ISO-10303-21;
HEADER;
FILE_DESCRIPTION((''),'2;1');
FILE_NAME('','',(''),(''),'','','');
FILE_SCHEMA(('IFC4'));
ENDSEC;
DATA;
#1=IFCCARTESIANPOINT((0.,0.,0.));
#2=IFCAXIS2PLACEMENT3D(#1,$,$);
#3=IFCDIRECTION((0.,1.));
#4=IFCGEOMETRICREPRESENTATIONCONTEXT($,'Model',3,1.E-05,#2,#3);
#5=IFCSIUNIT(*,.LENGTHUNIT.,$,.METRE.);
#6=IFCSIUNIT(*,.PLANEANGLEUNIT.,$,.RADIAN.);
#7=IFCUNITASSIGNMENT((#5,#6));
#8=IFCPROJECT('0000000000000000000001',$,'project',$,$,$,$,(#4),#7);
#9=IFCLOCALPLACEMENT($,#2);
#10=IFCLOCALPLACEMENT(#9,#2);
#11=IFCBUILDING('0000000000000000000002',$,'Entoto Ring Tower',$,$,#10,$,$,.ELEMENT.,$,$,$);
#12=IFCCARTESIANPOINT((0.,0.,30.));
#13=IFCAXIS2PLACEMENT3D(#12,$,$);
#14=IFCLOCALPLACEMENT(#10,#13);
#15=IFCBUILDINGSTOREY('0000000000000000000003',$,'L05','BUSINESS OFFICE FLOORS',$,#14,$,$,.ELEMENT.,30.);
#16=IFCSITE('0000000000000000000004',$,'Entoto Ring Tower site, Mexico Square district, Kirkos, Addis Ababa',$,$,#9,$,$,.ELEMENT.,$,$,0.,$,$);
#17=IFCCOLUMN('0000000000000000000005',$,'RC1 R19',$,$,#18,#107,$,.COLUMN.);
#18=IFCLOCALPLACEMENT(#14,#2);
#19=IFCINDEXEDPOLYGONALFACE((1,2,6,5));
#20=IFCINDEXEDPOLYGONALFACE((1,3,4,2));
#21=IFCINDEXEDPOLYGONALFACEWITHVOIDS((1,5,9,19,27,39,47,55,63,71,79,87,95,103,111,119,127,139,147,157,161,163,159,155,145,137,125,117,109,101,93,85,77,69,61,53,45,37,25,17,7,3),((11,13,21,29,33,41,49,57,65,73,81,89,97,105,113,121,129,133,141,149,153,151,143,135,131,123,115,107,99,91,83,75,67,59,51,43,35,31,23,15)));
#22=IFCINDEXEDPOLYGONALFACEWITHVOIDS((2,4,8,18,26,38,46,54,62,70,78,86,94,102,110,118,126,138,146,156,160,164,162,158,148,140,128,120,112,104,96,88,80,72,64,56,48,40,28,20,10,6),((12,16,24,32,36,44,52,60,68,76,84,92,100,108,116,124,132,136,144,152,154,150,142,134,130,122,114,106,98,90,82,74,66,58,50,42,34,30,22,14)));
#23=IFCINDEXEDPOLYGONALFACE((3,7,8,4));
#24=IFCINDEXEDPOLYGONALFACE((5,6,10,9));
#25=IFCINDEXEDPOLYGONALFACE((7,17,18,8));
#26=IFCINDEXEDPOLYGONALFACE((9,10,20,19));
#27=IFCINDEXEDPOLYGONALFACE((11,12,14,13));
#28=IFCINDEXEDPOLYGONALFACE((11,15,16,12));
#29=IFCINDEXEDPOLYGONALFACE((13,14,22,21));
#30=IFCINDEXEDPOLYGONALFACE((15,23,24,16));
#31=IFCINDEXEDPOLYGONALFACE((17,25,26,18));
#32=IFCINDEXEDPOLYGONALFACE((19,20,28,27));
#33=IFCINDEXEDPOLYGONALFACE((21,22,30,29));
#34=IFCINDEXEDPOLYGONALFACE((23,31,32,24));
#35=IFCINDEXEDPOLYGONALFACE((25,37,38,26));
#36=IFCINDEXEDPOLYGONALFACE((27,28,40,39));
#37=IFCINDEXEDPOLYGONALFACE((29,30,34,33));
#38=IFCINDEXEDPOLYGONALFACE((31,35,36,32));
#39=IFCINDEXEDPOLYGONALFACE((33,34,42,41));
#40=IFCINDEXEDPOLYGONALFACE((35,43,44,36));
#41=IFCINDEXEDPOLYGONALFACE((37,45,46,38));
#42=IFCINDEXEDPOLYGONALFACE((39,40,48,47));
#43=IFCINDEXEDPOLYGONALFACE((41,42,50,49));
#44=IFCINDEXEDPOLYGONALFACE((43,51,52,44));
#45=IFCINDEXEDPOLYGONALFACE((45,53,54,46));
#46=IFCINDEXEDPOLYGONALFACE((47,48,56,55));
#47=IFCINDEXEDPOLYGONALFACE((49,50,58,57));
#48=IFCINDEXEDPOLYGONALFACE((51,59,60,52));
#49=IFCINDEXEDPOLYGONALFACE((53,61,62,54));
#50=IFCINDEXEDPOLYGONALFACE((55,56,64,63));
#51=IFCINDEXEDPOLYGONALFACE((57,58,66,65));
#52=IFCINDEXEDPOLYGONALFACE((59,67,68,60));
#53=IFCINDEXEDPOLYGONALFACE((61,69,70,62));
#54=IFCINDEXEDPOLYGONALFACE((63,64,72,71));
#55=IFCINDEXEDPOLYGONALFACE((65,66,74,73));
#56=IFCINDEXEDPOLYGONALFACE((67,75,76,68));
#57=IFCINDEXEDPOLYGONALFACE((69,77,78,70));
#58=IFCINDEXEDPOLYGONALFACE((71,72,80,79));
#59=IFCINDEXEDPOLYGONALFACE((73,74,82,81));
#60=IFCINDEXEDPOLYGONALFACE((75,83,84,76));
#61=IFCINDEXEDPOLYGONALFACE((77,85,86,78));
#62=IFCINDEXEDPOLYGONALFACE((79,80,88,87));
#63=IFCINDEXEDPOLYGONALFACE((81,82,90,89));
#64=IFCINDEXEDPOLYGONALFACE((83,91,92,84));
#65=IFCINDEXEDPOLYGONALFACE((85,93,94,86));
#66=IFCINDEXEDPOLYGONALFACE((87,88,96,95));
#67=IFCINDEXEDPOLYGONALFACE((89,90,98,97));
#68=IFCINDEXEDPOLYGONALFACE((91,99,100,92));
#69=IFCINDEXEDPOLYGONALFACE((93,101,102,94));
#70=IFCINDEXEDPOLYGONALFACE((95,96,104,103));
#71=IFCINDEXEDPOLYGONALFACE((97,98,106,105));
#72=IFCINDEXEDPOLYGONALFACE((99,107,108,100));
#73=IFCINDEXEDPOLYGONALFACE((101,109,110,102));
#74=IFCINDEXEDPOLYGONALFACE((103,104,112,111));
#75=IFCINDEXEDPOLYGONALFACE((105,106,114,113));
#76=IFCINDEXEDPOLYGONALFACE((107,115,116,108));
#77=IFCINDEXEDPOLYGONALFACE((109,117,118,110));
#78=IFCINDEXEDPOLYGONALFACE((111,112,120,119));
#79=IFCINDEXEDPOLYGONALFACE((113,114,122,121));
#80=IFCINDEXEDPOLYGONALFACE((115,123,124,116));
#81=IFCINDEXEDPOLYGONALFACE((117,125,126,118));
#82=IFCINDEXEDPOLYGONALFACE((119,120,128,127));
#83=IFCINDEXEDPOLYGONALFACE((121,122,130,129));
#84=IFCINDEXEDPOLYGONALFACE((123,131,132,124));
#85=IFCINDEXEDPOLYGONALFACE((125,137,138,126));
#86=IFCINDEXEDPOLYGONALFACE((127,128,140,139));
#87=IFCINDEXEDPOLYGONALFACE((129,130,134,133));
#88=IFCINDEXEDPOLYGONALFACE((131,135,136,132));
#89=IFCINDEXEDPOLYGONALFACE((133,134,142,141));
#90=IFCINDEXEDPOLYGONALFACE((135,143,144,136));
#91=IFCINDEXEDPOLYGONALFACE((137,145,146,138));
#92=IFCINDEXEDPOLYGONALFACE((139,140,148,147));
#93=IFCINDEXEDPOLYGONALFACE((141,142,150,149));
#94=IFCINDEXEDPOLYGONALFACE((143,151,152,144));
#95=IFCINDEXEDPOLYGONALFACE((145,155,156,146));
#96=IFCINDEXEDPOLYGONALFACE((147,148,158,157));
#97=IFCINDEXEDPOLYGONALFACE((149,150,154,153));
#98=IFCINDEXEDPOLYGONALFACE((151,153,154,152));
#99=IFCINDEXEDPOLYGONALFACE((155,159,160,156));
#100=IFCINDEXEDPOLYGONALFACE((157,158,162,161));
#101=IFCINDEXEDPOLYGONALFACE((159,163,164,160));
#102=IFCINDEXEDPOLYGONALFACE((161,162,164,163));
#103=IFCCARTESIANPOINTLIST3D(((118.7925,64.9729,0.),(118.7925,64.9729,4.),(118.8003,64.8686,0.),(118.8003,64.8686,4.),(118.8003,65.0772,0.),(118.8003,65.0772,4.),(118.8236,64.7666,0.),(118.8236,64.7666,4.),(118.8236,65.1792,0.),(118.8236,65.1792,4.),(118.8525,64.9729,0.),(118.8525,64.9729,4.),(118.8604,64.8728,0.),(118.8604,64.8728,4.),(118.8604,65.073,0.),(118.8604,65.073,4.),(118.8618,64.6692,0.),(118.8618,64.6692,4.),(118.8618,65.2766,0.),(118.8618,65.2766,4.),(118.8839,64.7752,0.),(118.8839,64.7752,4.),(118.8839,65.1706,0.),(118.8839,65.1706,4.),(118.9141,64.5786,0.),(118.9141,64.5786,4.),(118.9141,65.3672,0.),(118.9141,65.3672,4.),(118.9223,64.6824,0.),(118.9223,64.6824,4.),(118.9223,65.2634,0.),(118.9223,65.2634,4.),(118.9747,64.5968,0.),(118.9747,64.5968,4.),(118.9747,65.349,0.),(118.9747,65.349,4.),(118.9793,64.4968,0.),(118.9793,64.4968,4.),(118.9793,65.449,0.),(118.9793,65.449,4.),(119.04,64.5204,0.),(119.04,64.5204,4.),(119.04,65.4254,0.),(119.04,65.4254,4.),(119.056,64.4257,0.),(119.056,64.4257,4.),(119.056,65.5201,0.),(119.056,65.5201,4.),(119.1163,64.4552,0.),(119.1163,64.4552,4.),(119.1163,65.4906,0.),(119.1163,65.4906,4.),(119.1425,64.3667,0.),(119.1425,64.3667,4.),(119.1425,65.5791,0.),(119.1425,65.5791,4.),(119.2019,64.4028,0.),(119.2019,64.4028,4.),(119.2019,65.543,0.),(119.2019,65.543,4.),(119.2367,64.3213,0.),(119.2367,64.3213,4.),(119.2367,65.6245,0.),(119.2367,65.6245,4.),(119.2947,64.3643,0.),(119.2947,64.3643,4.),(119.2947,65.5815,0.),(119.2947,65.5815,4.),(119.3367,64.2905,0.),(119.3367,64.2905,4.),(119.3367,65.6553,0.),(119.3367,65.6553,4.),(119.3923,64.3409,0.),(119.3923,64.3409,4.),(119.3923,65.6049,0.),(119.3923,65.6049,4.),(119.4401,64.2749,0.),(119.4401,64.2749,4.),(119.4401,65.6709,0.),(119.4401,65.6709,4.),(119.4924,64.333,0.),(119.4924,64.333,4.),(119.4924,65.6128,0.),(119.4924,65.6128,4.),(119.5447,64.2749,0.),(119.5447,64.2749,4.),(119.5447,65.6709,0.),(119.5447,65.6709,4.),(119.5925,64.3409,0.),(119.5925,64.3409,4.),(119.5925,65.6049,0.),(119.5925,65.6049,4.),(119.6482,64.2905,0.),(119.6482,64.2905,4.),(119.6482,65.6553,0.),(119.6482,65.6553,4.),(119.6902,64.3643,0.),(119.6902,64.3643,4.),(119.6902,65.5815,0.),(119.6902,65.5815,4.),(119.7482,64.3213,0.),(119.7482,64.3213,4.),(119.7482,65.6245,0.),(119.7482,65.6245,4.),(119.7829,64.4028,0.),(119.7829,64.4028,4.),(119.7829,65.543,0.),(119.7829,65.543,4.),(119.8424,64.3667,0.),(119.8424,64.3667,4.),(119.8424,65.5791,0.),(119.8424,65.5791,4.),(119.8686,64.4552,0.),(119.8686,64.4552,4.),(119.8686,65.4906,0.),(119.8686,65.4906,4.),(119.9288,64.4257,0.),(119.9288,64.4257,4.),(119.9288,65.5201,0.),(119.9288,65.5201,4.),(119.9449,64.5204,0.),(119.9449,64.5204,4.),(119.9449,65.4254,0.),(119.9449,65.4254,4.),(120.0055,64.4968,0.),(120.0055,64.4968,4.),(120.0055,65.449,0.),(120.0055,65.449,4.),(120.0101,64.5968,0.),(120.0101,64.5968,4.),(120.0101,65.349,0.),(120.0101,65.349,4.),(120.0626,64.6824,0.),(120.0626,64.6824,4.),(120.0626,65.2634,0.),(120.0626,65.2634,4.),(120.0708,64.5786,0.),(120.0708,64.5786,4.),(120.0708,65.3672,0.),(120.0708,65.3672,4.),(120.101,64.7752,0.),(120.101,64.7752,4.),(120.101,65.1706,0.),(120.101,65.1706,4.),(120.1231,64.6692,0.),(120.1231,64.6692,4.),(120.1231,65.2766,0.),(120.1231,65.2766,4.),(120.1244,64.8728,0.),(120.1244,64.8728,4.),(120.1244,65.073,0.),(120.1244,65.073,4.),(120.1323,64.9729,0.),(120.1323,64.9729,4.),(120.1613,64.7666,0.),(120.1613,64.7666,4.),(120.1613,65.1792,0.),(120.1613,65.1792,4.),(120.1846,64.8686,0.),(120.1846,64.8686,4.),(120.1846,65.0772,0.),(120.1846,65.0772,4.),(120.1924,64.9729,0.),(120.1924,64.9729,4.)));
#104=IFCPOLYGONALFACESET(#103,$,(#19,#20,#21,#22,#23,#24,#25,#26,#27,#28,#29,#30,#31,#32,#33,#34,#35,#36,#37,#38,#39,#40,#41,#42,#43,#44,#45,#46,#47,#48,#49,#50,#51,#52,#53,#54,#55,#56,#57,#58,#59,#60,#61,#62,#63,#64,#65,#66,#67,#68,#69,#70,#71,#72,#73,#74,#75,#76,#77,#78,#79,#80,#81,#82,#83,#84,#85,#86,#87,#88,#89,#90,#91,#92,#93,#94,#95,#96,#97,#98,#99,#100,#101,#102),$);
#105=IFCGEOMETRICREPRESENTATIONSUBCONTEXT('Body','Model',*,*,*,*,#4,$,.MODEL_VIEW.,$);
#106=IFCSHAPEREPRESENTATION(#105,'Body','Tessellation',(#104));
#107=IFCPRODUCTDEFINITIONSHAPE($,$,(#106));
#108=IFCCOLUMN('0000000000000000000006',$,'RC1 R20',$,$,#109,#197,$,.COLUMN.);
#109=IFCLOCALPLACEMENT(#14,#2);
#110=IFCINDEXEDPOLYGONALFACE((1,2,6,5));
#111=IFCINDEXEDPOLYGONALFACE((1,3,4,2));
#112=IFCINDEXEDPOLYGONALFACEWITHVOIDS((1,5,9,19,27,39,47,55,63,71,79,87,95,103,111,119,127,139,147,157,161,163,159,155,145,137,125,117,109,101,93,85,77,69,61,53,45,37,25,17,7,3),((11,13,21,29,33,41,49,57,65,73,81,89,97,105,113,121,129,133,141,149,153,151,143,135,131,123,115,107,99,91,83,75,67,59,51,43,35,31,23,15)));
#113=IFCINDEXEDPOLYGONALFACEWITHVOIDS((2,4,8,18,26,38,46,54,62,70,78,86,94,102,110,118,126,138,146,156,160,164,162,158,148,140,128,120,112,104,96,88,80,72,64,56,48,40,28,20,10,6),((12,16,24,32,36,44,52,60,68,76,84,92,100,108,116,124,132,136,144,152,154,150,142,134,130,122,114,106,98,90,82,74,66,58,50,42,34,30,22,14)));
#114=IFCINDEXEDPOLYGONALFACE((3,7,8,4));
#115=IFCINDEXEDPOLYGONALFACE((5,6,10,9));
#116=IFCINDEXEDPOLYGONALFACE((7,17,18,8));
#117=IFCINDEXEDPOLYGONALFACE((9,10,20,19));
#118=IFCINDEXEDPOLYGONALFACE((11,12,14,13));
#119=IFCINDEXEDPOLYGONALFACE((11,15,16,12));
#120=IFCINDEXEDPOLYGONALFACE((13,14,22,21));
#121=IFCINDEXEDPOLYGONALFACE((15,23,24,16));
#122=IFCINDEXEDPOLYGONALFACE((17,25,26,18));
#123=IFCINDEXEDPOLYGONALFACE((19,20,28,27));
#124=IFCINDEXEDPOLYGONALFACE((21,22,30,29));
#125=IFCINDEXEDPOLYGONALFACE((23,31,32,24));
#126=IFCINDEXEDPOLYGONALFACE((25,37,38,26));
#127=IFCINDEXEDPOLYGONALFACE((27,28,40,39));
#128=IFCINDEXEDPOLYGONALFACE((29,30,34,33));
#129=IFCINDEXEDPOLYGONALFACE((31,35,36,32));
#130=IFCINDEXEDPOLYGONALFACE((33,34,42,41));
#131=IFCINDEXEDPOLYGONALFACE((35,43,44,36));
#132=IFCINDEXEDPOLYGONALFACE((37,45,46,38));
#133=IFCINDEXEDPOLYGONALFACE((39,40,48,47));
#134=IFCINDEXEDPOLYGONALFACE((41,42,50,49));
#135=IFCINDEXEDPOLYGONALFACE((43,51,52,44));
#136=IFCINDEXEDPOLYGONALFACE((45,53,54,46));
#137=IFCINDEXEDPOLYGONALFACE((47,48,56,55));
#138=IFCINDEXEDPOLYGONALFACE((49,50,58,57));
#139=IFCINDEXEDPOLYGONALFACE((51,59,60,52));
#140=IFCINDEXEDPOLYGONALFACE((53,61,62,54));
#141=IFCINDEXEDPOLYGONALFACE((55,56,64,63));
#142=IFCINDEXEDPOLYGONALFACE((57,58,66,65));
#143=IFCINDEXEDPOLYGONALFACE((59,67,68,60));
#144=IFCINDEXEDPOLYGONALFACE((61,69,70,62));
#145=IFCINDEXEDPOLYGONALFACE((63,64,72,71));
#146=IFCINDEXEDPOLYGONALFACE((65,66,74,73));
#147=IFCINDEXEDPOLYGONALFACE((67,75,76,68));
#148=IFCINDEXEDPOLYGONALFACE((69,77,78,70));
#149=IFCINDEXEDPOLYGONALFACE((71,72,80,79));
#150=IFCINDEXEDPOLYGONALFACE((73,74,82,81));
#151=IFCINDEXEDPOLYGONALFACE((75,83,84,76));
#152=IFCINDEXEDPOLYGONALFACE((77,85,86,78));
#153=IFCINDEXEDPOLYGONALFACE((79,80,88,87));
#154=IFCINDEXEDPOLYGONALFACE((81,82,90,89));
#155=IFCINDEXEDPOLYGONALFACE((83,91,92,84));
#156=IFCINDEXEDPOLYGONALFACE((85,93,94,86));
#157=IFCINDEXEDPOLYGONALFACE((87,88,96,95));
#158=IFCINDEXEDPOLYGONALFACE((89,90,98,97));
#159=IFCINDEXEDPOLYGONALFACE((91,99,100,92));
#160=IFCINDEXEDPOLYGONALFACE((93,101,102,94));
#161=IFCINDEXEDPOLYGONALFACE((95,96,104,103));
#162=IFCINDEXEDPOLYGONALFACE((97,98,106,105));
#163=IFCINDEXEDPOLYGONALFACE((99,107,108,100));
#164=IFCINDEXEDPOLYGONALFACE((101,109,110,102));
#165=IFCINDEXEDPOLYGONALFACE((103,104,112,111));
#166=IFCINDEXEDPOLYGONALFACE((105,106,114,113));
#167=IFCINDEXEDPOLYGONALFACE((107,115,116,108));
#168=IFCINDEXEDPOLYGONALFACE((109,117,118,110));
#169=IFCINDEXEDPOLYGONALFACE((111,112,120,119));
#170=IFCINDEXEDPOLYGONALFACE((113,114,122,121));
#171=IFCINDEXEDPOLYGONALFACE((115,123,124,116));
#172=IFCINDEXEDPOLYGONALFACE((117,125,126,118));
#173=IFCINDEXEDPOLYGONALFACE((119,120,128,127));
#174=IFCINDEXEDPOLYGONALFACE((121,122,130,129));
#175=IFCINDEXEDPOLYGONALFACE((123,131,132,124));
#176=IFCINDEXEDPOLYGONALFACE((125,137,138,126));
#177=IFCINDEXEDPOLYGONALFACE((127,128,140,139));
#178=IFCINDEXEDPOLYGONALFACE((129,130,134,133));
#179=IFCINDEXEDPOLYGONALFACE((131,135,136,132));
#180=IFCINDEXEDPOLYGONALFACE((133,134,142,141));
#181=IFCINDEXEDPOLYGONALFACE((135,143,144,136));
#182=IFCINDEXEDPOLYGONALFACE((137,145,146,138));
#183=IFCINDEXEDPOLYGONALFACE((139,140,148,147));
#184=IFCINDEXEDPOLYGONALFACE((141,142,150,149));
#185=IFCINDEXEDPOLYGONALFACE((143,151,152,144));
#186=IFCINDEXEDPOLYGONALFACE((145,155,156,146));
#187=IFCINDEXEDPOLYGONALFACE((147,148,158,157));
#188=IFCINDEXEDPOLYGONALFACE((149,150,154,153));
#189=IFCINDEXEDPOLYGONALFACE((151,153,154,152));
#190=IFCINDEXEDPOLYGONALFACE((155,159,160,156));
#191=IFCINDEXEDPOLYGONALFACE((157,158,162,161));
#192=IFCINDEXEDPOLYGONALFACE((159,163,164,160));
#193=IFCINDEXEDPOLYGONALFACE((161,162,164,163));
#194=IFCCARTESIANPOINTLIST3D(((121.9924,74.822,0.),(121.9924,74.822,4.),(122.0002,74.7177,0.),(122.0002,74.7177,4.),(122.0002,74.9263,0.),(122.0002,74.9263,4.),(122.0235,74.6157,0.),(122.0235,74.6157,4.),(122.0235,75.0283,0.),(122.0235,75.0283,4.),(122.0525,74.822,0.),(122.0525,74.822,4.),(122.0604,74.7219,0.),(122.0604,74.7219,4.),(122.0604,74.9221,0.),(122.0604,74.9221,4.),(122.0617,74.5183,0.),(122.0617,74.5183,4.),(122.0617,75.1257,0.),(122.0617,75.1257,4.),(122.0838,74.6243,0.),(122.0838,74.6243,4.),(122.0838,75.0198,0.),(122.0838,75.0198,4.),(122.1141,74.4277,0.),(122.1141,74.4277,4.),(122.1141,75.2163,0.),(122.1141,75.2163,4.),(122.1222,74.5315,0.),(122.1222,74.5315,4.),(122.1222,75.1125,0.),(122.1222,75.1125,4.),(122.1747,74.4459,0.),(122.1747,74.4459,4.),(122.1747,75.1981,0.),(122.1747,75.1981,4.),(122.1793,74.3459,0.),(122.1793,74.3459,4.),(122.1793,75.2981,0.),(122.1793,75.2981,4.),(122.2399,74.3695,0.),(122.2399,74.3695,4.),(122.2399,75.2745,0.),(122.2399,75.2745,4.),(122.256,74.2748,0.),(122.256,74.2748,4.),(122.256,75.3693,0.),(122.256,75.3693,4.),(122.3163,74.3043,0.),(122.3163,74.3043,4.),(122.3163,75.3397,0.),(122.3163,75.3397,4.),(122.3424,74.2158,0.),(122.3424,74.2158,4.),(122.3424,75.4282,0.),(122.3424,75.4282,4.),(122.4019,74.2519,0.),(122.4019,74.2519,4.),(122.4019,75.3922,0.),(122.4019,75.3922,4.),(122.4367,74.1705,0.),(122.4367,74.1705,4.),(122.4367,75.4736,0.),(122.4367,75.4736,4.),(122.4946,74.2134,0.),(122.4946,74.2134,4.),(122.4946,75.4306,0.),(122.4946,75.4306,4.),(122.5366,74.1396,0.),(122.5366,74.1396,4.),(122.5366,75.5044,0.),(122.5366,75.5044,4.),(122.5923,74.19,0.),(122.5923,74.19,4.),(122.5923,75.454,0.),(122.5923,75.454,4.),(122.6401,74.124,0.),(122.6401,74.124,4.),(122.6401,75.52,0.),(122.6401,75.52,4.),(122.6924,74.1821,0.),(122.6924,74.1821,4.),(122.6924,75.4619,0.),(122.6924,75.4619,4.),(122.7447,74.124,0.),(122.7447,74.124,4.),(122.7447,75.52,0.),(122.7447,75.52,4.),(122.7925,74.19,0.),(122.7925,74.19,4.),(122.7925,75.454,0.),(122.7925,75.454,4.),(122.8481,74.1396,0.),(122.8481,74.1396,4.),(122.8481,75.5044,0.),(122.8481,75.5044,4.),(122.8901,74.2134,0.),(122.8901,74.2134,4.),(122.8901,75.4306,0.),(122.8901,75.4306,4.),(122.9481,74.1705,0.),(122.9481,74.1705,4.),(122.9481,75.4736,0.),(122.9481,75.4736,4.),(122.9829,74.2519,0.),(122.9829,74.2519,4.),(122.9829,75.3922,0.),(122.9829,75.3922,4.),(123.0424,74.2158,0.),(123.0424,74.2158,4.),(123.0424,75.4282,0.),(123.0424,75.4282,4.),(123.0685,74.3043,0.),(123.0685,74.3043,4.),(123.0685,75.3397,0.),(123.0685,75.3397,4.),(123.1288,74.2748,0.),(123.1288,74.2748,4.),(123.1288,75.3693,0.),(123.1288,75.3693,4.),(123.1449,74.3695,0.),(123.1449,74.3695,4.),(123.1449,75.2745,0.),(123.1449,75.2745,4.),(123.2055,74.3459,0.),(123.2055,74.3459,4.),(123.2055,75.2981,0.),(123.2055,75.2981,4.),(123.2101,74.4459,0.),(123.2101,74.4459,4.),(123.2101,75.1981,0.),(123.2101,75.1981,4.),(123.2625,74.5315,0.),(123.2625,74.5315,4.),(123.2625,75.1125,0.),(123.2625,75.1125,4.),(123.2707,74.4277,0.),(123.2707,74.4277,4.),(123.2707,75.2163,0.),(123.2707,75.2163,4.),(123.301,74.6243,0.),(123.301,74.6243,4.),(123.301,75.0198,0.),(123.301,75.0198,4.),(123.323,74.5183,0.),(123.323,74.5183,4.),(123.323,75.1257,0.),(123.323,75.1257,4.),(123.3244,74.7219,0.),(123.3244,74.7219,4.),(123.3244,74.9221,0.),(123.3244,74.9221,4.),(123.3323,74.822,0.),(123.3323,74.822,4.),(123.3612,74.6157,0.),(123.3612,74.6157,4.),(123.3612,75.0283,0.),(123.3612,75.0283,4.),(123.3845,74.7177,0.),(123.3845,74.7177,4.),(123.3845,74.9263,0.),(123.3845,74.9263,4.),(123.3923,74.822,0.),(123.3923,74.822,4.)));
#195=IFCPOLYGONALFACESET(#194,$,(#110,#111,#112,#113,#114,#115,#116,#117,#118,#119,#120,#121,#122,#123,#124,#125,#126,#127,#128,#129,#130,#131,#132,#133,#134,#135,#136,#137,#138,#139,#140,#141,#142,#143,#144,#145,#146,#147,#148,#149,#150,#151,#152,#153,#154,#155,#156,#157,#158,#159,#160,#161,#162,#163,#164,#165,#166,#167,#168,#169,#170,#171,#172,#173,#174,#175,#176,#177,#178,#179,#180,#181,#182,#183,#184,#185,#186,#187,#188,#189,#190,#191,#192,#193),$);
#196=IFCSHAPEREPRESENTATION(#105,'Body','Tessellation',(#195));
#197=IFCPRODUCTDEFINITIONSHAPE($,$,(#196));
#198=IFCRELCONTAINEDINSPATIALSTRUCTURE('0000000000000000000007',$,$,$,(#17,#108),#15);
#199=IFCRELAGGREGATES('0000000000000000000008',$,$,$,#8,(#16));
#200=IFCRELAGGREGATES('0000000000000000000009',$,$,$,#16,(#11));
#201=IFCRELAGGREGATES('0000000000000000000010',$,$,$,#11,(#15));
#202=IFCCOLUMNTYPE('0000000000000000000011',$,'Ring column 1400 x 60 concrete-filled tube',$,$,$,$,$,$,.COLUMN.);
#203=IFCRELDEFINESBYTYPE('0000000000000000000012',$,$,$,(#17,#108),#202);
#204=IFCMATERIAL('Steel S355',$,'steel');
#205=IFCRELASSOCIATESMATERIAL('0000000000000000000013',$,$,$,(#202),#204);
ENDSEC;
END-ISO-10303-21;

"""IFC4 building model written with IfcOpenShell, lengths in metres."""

from ifc_helpers import new_model, si_unit, direction, frame, origin, origin_2d, place, context, subcontext, project, spatial, circle, hollow_circle, extrude, material, material_profile, profile_set, type_object, element, save


model = new_model("IFC4")

# Units and contexts
model_context = context("Model", 3, precision=1e-05, world=origin(), true_north=direction((0.0, 1.0)))
body_context = subcontext(model_context, "Body", "Model", "MODEL_VIEW")
ifc_project = project(units=[si_unit("LENGTHUNIT", "METRE"), si_unit("PLANEANGLEUNIT", "RADIAN")], contexts=[model_context])

# Site, building, storey
site_placement = place(None, origin())
site = spatial("IfcSite", under=ifc_project, at=site_placement, Name="Entoto Ring Tower site, Mexico Square district, Kirkos, Addis Ababa", CompositionType="ELEMENT", RefElevation=0.0)
building_placement = place(site_placement, origin())
building = spatial("IfcBuilding", under=site, at=building_placement, Name="Entoto Ring Tower", CompositionType="ELEMENT")
storey_placement = place(building_placement, frame((0.0, 0.0, 30.0)))
storey = spatial("IfcBuildingStorey", under=building, at=storey_placement, Name="L05", Description="BUSINESS OFFICE FLOORS", CompositionType="ELEMENT", Elevation=30.0)

# Columns
ifc_material_1 = material(Name="Steel S355", Category="steel")
ifc_material_profile_1 = material_profile(ifc_material_1, hollow_circle(Radius=0.7, WallThickness=0.0601, at=origin_2d()), Name="CHS 1400 x 60")
ifc_material_2 = material(Name="Concrete C60/75", Category="concrete")
ifc_material_profile_2 = material_profile(ifc_material_2, circle(Radius=0.6399, at=origin_2d()), Name="Concrete C60/75 infill")
ifc_profile_set_1 = profile_set([ifc_material_profile_1, ifc_material_profile_2], Name="Steel S355")
column_type = type_object("IfcColumnType", Name="Ring column 1400 x 60 concrete-filled tube", PredefinedType="COLUMN", material=ifc_profile_set_1)
for number, where, z_axis, x_axis, name in (
    (1, (119.4924, 64.9729, 0.0), (0.0, 0.0, 1.0), (1.0, 0.0, 0.0), "RC1 R19"),
    (2, (122.6924, 74.822, 0.0), (0.0, 0.0, 1.0), (1.0, 0.0, 0.0), "RC1 R20"),
):
    element("IfcColumn", number, at=place(storey_placement, frame(where, z_axis=z_axis, x_axis=x_axis)), inside=storey, type_object=column_type, Name=name, PredefinedType="COLUMN", context=body_context, shape_type="SweptSolid", body=[
        extrude(hollow_circle(Radius=0.7, WallThickness=0.0601, at=origin_2d()), origin(), (0.0, 0.0, 1.0), 4.0),
    ])

save(model, "model.ifc")
